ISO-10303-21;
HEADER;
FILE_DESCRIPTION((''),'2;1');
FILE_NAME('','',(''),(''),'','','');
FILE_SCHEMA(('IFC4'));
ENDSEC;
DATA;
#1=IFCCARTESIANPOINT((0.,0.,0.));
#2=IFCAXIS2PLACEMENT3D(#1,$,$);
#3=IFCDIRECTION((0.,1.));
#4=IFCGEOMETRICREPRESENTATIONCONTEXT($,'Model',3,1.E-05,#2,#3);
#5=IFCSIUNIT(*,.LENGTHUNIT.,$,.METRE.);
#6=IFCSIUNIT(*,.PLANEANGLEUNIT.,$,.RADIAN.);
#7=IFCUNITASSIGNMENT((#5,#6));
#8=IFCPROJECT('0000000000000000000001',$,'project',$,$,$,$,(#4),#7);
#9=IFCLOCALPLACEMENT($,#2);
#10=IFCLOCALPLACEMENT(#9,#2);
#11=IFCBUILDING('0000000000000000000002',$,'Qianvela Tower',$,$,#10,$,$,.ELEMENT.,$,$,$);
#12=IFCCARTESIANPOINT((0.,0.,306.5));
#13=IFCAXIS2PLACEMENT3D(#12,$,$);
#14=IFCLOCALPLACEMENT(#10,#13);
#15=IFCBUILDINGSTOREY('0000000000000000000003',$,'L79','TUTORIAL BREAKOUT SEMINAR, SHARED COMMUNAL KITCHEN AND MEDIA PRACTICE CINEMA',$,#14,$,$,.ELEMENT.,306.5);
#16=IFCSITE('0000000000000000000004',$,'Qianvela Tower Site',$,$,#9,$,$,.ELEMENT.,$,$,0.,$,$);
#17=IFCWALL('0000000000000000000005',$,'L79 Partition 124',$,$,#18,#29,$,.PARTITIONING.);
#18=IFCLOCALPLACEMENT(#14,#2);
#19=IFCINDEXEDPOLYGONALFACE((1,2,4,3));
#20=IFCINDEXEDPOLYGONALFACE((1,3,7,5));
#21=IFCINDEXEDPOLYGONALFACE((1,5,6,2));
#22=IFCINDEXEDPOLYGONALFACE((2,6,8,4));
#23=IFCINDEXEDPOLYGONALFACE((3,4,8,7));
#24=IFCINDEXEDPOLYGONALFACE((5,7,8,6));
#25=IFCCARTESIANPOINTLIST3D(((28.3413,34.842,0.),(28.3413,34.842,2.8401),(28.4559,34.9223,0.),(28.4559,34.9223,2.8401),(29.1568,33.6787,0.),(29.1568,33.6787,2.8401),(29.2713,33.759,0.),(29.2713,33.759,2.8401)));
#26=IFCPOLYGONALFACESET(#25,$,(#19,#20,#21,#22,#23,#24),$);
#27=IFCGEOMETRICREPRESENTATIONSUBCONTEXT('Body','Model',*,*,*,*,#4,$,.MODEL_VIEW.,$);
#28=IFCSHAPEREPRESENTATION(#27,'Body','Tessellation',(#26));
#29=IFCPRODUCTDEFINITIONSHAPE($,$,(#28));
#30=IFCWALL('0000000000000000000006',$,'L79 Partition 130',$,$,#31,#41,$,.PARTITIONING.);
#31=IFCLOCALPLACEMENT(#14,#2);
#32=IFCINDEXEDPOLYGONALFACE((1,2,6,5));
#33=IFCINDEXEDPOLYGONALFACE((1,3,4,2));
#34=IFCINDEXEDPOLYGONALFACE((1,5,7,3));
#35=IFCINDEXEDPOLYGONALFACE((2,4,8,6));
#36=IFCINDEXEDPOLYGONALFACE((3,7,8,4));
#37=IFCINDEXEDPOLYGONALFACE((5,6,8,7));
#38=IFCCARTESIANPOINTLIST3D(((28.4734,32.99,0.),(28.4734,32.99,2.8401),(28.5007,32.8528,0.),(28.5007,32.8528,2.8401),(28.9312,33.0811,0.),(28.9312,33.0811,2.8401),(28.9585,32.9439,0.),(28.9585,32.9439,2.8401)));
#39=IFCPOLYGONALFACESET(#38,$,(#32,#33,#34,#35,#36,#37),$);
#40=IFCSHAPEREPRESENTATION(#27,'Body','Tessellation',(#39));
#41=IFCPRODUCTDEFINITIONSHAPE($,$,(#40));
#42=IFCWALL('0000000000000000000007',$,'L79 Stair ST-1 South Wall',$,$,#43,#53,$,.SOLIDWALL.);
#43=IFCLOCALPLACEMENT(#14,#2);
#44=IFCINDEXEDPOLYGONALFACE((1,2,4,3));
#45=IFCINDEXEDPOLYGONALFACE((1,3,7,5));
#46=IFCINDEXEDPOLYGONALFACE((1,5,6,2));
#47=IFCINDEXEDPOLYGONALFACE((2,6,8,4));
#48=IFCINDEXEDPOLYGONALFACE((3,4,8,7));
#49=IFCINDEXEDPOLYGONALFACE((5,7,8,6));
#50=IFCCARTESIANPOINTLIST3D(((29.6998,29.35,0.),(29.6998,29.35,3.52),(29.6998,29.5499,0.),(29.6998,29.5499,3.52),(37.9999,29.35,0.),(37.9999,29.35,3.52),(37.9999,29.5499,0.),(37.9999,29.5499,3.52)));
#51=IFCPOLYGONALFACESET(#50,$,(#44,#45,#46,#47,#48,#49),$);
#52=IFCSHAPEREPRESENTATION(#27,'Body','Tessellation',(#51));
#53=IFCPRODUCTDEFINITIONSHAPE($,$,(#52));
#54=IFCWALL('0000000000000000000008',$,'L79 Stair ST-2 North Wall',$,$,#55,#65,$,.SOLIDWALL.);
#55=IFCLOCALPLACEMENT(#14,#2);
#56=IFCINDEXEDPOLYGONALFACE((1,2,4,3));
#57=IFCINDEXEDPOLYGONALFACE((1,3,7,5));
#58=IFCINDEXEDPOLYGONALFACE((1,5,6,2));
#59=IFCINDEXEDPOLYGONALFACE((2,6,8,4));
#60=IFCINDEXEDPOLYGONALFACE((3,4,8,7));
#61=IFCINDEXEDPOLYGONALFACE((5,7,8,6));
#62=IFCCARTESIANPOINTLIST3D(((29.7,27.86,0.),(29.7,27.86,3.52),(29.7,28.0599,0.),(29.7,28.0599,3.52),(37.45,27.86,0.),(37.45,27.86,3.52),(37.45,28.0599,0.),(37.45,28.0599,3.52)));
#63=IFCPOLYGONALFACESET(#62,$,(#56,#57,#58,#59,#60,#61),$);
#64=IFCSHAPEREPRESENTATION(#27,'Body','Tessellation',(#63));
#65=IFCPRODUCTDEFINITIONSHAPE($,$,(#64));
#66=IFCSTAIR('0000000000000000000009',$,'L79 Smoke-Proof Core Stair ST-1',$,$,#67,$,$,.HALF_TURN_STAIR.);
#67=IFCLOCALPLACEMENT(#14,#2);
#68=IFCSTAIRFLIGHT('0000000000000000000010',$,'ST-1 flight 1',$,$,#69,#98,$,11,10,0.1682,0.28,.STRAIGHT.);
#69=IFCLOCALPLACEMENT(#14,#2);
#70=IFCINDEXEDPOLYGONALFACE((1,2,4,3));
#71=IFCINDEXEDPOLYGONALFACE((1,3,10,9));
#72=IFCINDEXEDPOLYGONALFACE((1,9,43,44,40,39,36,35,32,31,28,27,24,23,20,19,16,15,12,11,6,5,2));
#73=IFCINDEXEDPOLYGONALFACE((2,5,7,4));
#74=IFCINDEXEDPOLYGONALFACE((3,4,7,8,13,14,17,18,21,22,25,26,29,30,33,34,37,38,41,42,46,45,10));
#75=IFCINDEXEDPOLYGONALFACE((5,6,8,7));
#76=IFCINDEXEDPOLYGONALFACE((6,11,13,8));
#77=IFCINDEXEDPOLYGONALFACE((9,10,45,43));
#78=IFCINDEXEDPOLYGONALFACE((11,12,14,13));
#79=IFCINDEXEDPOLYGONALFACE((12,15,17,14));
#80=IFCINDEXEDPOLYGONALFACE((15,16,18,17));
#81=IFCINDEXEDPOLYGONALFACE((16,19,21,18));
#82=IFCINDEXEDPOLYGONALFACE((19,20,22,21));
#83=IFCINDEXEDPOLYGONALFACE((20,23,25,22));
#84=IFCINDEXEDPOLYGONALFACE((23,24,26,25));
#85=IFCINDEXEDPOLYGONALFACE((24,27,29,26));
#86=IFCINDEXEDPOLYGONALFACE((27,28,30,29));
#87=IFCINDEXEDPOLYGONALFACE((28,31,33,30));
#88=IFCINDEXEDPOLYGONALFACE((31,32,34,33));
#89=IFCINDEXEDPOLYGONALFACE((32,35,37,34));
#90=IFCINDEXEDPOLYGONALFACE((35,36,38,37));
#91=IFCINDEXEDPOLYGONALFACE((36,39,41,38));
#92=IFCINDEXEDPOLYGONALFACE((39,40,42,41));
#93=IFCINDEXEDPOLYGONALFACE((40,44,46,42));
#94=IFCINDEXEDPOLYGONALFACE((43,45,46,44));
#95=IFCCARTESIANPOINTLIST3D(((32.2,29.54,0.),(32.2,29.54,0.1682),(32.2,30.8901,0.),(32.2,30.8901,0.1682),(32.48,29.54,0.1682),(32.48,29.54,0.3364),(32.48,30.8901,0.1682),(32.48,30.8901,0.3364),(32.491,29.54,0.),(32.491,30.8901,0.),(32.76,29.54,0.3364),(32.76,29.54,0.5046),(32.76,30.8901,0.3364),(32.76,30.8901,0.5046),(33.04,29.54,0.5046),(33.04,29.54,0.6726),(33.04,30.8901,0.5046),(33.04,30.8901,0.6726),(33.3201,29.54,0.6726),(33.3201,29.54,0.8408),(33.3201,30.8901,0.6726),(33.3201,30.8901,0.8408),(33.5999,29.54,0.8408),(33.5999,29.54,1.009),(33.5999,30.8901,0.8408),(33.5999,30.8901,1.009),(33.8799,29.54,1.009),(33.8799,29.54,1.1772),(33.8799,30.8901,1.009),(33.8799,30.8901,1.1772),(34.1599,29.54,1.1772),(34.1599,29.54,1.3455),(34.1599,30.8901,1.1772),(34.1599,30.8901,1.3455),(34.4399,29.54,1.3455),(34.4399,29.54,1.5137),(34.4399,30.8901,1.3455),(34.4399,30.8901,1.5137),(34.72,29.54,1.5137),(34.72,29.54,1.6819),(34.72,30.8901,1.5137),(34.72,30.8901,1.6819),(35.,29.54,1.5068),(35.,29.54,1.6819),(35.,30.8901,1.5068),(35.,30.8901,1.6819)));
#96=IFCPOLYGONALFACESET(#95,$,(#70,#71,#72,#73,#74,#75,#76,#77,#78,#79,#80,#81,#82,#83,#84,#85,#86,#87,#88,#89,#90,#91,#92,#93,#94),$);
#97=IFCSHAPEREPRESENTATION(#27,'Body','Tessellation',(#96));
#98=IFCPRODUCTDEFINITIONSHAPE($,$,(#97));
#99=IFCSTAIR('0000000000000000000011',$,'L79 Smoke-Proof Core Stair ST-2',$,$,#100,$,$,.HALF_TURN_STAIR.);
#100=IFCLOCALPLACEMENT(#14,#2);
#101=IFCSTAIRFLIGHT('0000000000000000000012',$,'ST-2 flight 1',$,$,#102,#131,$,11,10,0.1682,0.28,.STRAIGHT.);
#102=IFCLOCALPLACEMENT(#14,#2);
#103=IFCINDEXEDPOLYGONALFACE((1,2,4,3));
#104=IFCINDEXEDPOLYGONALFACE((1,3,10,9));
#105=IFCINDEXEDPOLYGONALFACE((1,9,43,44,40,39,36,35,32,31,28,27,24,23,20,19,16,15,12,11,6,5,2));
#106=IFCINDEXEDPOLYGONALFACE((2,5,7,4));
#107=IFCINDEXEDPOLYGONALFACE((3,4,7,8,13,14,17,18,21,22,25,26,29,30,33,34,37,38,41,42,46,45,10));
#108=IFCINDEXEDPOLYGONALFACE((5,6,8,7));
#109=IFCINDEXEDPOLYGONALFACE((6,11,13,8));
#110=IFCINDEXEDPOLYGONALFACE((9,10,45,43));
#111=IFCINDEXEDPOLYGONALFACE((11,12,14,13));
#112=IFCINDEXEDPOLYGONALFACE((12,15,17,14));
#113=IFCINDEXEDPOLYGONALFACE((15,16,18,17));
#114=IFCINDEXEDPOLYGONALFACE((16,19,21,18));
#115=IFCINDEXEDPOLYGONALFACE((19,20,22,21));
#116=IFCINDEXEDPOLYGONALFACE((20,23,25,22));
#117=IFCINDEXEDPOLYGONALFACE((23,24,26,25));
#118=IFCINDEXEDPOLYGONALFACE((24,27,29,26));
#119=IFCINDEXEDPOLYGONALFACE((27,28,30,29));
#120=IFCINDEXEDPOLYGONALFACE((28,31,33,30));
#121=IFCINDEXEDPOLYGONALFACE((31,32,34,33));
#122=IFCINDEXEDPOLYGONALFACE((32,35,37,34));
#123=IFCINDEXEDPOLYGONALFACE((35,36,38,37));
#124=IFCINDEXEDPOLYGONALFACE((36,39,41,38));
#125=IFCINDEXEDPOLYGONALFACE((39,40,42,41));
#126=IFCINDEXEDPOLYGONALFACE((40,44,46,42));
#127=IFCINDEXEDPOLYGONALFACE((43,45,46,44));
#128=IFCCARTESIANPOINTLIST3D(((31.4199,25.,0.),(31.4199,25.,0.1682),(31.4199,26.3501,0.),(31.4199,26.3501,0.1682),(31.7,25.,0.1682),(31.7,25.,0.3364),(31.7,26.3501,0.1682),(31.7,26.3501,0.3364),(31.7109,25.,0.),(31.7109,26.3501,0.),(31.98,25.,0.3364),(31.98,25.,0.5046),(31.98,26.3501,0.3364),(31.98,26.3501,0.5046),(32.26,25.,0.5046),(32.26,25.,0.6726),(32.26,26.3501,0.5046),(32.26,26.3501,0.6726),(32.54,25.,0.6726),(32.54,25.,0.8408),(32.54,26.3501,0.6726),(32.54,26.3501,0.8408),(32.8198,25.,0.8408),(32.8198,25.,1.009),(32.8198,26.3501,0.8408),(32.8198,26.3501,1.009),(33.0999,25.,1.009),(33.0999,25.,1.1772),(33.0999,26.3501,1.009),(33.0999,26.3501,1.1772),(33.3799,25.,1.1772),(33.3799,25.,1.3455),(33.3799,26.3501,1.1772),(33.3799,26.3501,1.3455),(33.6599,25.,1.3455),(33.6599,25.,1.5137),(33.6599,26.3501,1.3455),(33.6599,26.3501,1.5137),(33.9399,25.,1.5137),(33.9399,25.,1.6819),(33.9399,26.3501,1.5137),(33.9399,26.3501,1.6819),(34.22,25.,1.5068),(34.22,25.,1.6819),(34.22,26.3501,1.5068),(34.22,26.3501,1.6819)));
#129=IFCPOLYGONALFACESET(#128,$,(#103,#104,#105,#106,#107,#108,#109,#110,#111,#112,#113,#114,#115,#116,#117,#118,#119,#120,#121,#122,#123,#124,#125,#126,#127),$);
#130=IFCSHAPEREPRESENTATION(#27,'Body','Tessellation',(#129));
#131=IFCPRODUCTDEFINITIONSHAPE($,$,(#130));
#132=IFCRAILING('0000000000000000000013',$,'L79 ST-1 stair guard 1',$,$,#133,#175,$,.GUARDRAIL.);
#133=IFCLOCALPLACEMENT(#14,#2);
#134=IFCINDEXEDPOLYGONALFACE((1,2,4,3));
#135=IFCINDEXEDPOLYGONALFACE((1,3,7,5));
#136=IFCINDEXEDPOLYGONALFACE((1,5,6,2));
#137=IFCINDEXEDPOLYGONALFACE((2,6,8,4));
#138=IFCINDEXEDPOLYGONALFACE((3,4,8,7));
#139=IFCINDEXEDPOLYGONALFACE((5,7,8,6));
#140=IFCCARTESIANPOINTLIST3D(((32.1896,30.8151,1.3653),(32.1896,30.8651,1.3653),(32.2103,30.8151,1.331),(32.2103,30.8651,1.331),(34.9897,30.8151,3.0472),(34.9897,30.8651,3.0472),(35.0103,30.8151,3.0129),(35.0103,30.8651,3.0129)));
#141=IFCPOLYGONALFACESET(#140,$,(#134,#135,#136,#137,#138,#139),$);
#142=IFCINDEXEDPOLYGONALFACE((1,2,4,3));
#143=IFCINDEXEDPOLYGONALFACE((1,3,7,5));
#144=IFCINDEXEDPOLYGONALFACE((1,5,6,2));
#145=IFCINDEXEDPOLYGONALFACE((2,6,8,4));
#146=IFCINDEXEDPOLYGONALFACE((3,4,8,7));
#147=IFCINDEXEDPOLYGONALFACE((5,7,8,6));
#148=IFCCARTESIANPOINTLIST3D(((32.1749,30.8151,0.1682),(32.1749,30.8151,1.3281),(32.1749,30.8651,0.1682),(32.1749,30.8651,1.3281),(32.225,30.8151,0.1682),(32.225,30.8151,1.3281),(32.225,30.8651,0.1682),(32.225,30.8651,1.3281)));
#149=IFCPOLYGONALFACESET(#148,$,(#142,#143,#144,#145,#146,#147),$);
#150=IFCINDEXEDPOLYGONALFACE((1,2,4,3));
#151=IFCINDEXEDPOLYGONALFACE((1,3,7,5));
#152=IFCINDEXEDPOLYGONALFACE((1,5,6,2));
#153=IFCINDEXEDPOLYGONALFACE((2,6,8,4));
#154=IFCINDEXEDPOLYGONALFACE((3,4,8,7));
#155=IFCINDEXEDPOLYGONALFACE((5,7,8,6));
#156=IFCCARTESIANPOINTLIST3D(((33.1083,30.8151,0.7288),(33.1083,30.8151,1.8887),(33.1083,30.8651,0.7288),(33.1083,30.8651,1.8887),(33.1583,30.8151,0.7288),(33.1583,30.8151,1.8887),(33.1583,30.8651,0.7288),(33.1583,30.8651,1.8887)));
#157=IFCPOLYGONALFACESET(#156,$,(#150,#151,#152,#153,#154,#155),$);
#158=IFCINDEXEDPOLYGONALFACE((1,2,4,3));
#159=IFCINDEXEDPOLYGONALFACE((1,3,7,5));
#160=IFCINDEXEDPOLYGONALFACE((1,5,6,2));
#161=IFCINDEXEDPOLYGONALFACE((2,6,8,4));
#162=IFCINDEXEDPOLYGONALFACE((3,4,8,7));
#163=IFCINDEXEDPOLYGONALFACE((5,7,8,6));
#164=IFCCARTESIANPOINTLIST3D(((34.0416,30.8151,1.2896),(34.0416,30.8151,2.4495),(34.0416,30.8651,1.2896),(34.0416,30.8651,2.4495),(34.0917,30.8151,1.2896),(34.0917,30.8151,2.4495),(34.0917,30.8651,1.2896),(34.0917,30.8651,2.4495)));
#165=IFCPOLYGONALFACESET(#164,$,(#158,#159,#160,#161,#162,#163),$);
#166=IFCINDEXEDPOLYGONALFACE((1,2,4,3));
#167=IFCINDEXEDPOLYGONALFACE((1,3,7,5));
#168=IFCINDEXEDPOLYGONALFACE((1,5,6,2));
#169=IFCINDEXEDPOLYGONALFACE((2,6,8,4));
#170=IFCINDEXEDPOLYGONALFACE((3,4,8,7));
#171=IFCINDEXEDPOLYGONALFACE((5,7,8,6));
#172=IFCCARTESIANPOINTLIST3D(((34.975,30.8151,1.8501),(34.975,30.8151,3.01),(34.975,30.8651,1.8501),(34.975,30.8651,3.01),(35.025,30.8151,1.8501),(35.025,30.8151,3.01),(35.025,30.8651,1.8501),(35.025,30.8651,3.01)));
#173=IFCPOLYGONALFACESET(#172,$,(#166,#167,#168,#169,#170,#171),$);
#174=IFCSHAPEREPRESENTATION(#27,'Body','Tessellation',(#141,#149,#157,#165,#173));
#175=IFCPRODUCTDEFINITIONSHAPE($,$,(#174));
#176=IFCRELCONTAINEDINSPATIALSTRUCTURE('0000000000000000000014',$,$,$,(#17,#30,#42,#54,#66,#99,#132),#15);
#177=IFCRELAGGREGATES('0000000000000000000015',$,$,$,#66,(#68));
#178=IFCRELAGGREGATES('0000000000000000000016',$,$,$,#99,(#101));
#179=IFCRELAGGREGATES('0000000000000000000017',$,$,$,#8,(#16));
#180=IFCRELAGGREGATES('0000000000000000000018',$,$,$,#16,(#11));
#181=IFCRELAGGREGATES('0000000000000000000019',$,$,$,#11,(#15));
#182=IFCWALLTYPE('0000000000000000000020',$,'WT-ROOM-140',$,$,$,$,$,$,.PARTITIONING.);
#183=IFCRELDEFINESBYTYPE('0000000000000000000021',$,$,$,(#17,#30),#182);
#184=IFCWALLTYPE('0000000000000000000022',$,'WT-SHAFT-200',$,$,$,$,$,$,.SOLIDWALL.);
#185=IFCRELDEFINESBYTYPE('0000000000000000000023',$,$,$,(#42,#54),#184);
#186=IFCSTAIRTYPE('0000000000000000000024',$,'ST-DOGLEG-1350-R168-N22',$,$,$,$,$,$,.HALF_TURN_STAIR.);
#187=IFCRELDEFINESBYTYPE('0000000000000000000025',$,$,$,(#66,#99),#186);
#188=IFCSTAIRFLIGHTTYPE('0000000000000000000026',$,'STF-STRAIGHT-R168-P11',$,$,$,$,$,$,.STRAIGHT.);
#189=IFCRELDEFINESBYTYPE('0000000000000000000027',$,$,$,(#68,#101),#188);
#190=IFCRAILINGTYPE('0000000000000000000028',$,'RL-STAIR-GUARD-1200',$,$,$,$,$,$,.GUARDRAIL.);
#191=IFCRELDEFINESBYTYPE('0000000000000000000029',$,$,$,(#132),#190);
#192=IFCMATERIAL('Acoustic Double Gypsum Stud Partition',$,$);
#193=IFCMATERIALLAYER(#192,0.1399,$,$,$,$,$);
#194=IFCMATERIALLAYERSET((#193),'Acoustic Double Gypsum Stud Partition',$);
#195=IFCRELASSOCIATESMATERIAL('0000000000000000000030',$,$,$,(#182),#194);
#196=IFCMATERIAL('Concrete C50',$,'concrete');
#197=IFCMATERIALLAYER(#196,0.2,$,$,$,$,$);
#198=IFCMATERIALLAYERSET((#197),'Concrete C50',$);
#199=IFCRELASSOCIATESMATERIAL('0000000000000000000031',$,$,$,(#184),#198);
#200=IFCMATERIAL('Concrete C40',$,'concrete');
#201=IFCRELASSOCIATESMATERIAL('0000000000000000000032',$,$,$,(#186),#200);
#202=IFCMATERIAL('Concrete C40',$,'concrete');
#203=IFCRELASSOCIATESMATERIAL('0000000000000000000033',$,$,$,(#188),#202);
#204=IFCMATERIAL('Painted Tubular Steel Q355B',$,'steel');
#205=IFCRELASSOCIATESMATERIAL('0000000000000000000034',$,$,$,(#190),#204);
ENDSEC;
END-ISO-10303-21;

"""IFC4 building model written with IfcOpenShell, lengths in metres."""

from ifc_helpers import new_model, si_unit, direction, frame, frame_2d, origin, origin_2d, place, context, subcontext, project, spatial, polyline, rectangle, outline, extrude, material, layer, layer_set, type_object, element, aggregate, save


model = new_model("IFC4")

# Units and contexts
model_context = context("Model", 3, precision=1e-05, world=origin(), true_north=direction((0.0, 1.0)))
body_context = subcontext(model_context, "Body", "Model", "MODEL_VIEW")
ifc_project = project(units=[si_unit("LENGTHUNIT", "METRE"), si_unit("PLANEANGLEUNIT", "RADIAN")], contexts=[model_context])

# Site, building, storey
site_placement = place(None, origin())
site = spatial("IfcSite", under=ifc_project, at=site_placement, Name="Qianvela Tower Site", CompositionType="ELEMENT", RefElevation=0.0)
building_placement = place(site_placement, origin())
building = spatial("IfcBuilding", under=site, at=building_placement, Name="Qianvela Tower", CompositionType="ELEMENT")
storey_placement = place(building_placement, frame((0.0, 0.0, 306.5)))
storey = spatial("IfcBuildingStorey", under=building, at=storey_placement, Name="L79", Description="TUTORIAL BREAKOUT SEMINAR, SHARED COMMUNAL KITCHEN AND MEDIA PRACTICE CINEMA", CompositionType="ELEMENT", Elevation=306.5)

# Walls
ifc_material_1 = material(Name="Acoustic Double Gypsum Stud Partition")
ifc_layer_1 = layer(ifc_material_1, 0.1399)
ifc_layer_set_1 = layer_set([ifc_layer_1], Name="Acoustic Double Gypsum Stud Partition")
wall_type_1 = type_object("IfcWallType", Name="WT-ROOM-140", PredefinedType="PARTITIONING", material=ifc_layer_set_1)
wall_1_placement = place(storey_placement, frame((29.2141, 33.7188, 0.0), z_axis=(0.0, 0.0, 1.0), x_axis=(-0.573981, 0.818868, 0.0)))
element("IfcWall", 1, at=wall_1_placement, inside=storey, type_object=wall_type_1, Name="L79 Partition 124", PredefinedType="PARTITIONING", context=body_context, shape_type="SweptSolid", body=[
    extrude(rectangle(XDim=1.4207, YDim=0.1399, at=frame_2d((0.7104, 0.0))), origin(), (0.0, 0.0, 1.0), 2.8401),
])
wall_2_placement = place(storey_placement, frame((28.4871, 32.9214, 0.0), z_axis=(0.0, 0.0, 1.0), x_axis=(0.980781, 0.19511, 0.0)))
element("IfcWall", 2, at=wall_2_placement, inside=storey, type_object=wall_type_1, Name="L79 Partition 130", PredefinedType="PARTITIONING", context=body_context, shape_type="SweptSolid", body=[
    extrude(rectangle(XDim=0.4668, YDim=0.1399, at=frame_2d((0.2334, 0.0))), origin(), (0.0, 0.0, 1.0), 2.8401),
])
ifc_material_2 = material(Name="Concrete C50", Category="concrete")
ifc_layer_2 = layer(ifc_material_2, 0.2)
ifc_layer_set_2 = layer_set([ifc_layer_2], Name="Concrete C50")
wall_type_2 = type_object("IfcWallType", Name="WT-SHAFT-200", PredefinedType="SOLIDWALL", material=ifc_layer_set_2)
wall_3_placement = place(storey_placement, frame((29.7, 29.45, 0.0), z_axis=(0.0, 0.0, 1.0), x_axis=(1.0, 0.0, 0.0)))
element("IfcWall", 3, at=wall_3_placement, inside=storey, type_object=wall_type_2, Name="L79 Stair ST-1 South Wall", PredefinedType="SOLIDWALL", context=body_context, shape_type="SweptSolid", body=[
    extrude(rectangle(XDim=8.3, YDim=0.2, at=frame_2d((4.1499, 0.0))), origin(), (0.0, 0.0, 1.0), 3.52),
])
wall_4_placement = place(storey_placement, frame((29.7, 27.96, 0.0), z_axis=(0.0, 0.0, 1.0), x_axis=(1.0, 0.0, 0.0)))
element("IfcWall", 4, at=wall_4_placement, inside=storey, type_object=wall_type_2, Name="L79 Stair ST-2 North Wall", PredefinedType="SOLIDWALL", context=body_context, shape_type="SweptSolid", body=[
    extrude(rectangle(XDim=7.75, YDim=0.2, at=frame_2d((3.875, 0.0))), origin(), (0.0, 0.0, 1.0), 3.52),
])

# Stairs, stair flights
ifc_material_3 = material(Name="Concrete C40", Category="concrete")
stair_type = type_object("IfcStairType", Name="ST-DOGLEG-1350-R168-N22", PredefinedType="HALF_TURN_STAIR", material=ifc_material_3)
stair_1_placement = place(storey_placement, origin())
stair_1 = element("IfcStair", 5, at=stair_1_placement, inside=storey, type_object=stair_type, Name="L79 Smoke-Proof Core Stair ST-1", PredefinedType="HALF_TURN_STAIR")
ifc_material_4 = material(Name="Concrete C40", Category="concrete")
stair_flight_type = type_object("IfcStairFlightType", Name="STF-STRAIGHT-R168-P11", PredefinedType="STRAIGHT", material=ifc_material_4)
stair_flight_1_placement = place(storey_placement, frame((32.2, 30.2151, 0.0), z_axis=(0.0, 0.0, 1.0), x_axis=(1.0, 0.0, 0.0)))
stair_flight_1 = element("IfcStairFlight", 6, at=stair_flight_1_placement, type_object=stair_flight_type, Name="ST-1 flight 1", NumberOfRisers=11, NumberOfTreads=10, PredefinedType="STRAIGHT", RiserHeight=0.1682, TreadLength=0.28, context=body_context, shape_type="SweptSolid", body=[
    extrude(outline(polyline([(0.0, 0.0), (0.0, 0.1682), (0.28, 0.1682), (0.28, 0.3364), (0.5601, 0.3364), (0.5601, 0.5046), (0.8401, 0.5046), (0.8401, 0.6726), (1.1201, 0.6726), (1.1201, 0.8408), (1.3999, 0.8408), (1.3999, 1.009), (1.6799, 1.009), (1.6799, 1.1772), (1.96, 1.1772), (1.96, 1.3455), (2.24, 1.3455), (2.24, 1.5137), (2.52, 1.5137), (2.52, 1.6819), (2.8, 1.6819), (2.8, 1.8501), (2.8, 1.5068), (0.291, 0.0), (0.0, 0.0)])), frame((0.0, 0.675, 0.0), z_axis=(0.0, -1.0, 0.0), x_axis=(1.0, 0.0, 0.0)), (0.0, 0.0, 1.0), 1.3501),
])
aggregate(stair_1, [stair_flight_1])
stair_2_placement = place(storey_placement, origin())
stair_2 = element("IfcStair", 7, at=stair_2_placement, inside=storey, type_object=stair_type, Name="L79 Smoke-Proof Core Stair ST-2", PredefinedType="HALF_TURN_STAIR")
stair_flight_2_placement = place(storey_placement, frame((31.4199, 25.675, 0.0), z_axis=(0.0, 0.0, 1.0), x_axis=(1.0, 0.0, 0.0)))
stair_flight_2 = element("IfcStairFlight", 8, at=stair_flight_2_placement, type_object=stair_flight_type, Name="ST-2 flight 1", NumberOfRisers=11, NumberOfTreads=10, PredefinedType="STRAIGHT", RiserHeight=0.1682, TreadLength=0.28, context=body_context, shape_type="SweptSolid", body=[
    extrude(outline(polyline([(0.0, 0.0), (0.0, 0.1682), (0.28, 0.1682), (0.28, 0.3364), (0.5601, 0.3364), (0.5601, 0.5046), (0.8401, 0.5046), (0.8401, 0.6726), (1.1201, 0.6726), (1.1201, 0.8408), (1.3999, 0.8408), (1.3999, 1.009), (1.6799, 1.009), (1.6799, 1.1772), (1.96, 1.1772), (1.96, 1.3455), (2.24, 1.3455), (2.24, 1.5137), (2.52, 1.5137), (2.52, 1.6819), (2.8, 1.6819), (2.8, 1.8501), (2.8, 1.5068), (0.291, 0.0), (0.0, 0.0)])), frame((0.0, 0.675, 0.0), z_axis=(0.0, -1.0, 0.0), x_axis=(1.0, 0.0, 0.0)), (0.0, 0.0, 1.0), 1.3501),
])
aggregate(stair_2, [stair_flight_2])

# Railing
ifc_material_5 = material(Name="Painted Tubular Steel Q355B", Category="steel")
railing_type_1 = type_object("IfcRailingType", Name="RL-STAIR-GUARD-1200", PredefinedType="GUARDRAIL", material=ifc_material_5)
railing_1_placement = place(storey_placement, frame((32.2, 30.8401, 0.1682)))
element("IfcRailing", 9, at=railing_1_placement, inside=storey, type_object=railing_type_1, Name="L79 ST-1 stair guard 1", PredefinedType="GUARDRAIL", context=body_context, shape_type="SweptSolid", body=[
    extrude(rectangle(XDim=0.05, YDim=0.04, at=origin_2d()), frame((0.0, 0.0, 1.1799), z_axis=(0.857242, 0.0, 0.514913), x_axis=(0.0, 1.0, 0.0)), (0.0, 0.0, 1.0), 3.2664),
    extrude(rectangle(XDim=0.05, YDim=0.05, at=origin_2d()), origin(), (0.0, 0.0, 1.0), 1.1599),
    extrude(rectangle(XDim=0.05, YDim=0.05, at=origin_2d()), frame((0.9333, 0.0, 0.5605)), (0.0, 0.0, 1.0), 1.1599),
    extrude(rectangle(XDim=0.05, YDim=0.05, at=origin_2d()), frame((1.8667, 0.0, 1.1213)), (0.0, 0.0, 1.0), 1.1599),
    extrude(rectangle(XDim=0.05, YDim=0.05, at=origin_2d()), frame((2.8, 0.0, 1.6819)), (0.0, 0.0, 1.0), 1.1599),
])

save(model, "model.ifc")
